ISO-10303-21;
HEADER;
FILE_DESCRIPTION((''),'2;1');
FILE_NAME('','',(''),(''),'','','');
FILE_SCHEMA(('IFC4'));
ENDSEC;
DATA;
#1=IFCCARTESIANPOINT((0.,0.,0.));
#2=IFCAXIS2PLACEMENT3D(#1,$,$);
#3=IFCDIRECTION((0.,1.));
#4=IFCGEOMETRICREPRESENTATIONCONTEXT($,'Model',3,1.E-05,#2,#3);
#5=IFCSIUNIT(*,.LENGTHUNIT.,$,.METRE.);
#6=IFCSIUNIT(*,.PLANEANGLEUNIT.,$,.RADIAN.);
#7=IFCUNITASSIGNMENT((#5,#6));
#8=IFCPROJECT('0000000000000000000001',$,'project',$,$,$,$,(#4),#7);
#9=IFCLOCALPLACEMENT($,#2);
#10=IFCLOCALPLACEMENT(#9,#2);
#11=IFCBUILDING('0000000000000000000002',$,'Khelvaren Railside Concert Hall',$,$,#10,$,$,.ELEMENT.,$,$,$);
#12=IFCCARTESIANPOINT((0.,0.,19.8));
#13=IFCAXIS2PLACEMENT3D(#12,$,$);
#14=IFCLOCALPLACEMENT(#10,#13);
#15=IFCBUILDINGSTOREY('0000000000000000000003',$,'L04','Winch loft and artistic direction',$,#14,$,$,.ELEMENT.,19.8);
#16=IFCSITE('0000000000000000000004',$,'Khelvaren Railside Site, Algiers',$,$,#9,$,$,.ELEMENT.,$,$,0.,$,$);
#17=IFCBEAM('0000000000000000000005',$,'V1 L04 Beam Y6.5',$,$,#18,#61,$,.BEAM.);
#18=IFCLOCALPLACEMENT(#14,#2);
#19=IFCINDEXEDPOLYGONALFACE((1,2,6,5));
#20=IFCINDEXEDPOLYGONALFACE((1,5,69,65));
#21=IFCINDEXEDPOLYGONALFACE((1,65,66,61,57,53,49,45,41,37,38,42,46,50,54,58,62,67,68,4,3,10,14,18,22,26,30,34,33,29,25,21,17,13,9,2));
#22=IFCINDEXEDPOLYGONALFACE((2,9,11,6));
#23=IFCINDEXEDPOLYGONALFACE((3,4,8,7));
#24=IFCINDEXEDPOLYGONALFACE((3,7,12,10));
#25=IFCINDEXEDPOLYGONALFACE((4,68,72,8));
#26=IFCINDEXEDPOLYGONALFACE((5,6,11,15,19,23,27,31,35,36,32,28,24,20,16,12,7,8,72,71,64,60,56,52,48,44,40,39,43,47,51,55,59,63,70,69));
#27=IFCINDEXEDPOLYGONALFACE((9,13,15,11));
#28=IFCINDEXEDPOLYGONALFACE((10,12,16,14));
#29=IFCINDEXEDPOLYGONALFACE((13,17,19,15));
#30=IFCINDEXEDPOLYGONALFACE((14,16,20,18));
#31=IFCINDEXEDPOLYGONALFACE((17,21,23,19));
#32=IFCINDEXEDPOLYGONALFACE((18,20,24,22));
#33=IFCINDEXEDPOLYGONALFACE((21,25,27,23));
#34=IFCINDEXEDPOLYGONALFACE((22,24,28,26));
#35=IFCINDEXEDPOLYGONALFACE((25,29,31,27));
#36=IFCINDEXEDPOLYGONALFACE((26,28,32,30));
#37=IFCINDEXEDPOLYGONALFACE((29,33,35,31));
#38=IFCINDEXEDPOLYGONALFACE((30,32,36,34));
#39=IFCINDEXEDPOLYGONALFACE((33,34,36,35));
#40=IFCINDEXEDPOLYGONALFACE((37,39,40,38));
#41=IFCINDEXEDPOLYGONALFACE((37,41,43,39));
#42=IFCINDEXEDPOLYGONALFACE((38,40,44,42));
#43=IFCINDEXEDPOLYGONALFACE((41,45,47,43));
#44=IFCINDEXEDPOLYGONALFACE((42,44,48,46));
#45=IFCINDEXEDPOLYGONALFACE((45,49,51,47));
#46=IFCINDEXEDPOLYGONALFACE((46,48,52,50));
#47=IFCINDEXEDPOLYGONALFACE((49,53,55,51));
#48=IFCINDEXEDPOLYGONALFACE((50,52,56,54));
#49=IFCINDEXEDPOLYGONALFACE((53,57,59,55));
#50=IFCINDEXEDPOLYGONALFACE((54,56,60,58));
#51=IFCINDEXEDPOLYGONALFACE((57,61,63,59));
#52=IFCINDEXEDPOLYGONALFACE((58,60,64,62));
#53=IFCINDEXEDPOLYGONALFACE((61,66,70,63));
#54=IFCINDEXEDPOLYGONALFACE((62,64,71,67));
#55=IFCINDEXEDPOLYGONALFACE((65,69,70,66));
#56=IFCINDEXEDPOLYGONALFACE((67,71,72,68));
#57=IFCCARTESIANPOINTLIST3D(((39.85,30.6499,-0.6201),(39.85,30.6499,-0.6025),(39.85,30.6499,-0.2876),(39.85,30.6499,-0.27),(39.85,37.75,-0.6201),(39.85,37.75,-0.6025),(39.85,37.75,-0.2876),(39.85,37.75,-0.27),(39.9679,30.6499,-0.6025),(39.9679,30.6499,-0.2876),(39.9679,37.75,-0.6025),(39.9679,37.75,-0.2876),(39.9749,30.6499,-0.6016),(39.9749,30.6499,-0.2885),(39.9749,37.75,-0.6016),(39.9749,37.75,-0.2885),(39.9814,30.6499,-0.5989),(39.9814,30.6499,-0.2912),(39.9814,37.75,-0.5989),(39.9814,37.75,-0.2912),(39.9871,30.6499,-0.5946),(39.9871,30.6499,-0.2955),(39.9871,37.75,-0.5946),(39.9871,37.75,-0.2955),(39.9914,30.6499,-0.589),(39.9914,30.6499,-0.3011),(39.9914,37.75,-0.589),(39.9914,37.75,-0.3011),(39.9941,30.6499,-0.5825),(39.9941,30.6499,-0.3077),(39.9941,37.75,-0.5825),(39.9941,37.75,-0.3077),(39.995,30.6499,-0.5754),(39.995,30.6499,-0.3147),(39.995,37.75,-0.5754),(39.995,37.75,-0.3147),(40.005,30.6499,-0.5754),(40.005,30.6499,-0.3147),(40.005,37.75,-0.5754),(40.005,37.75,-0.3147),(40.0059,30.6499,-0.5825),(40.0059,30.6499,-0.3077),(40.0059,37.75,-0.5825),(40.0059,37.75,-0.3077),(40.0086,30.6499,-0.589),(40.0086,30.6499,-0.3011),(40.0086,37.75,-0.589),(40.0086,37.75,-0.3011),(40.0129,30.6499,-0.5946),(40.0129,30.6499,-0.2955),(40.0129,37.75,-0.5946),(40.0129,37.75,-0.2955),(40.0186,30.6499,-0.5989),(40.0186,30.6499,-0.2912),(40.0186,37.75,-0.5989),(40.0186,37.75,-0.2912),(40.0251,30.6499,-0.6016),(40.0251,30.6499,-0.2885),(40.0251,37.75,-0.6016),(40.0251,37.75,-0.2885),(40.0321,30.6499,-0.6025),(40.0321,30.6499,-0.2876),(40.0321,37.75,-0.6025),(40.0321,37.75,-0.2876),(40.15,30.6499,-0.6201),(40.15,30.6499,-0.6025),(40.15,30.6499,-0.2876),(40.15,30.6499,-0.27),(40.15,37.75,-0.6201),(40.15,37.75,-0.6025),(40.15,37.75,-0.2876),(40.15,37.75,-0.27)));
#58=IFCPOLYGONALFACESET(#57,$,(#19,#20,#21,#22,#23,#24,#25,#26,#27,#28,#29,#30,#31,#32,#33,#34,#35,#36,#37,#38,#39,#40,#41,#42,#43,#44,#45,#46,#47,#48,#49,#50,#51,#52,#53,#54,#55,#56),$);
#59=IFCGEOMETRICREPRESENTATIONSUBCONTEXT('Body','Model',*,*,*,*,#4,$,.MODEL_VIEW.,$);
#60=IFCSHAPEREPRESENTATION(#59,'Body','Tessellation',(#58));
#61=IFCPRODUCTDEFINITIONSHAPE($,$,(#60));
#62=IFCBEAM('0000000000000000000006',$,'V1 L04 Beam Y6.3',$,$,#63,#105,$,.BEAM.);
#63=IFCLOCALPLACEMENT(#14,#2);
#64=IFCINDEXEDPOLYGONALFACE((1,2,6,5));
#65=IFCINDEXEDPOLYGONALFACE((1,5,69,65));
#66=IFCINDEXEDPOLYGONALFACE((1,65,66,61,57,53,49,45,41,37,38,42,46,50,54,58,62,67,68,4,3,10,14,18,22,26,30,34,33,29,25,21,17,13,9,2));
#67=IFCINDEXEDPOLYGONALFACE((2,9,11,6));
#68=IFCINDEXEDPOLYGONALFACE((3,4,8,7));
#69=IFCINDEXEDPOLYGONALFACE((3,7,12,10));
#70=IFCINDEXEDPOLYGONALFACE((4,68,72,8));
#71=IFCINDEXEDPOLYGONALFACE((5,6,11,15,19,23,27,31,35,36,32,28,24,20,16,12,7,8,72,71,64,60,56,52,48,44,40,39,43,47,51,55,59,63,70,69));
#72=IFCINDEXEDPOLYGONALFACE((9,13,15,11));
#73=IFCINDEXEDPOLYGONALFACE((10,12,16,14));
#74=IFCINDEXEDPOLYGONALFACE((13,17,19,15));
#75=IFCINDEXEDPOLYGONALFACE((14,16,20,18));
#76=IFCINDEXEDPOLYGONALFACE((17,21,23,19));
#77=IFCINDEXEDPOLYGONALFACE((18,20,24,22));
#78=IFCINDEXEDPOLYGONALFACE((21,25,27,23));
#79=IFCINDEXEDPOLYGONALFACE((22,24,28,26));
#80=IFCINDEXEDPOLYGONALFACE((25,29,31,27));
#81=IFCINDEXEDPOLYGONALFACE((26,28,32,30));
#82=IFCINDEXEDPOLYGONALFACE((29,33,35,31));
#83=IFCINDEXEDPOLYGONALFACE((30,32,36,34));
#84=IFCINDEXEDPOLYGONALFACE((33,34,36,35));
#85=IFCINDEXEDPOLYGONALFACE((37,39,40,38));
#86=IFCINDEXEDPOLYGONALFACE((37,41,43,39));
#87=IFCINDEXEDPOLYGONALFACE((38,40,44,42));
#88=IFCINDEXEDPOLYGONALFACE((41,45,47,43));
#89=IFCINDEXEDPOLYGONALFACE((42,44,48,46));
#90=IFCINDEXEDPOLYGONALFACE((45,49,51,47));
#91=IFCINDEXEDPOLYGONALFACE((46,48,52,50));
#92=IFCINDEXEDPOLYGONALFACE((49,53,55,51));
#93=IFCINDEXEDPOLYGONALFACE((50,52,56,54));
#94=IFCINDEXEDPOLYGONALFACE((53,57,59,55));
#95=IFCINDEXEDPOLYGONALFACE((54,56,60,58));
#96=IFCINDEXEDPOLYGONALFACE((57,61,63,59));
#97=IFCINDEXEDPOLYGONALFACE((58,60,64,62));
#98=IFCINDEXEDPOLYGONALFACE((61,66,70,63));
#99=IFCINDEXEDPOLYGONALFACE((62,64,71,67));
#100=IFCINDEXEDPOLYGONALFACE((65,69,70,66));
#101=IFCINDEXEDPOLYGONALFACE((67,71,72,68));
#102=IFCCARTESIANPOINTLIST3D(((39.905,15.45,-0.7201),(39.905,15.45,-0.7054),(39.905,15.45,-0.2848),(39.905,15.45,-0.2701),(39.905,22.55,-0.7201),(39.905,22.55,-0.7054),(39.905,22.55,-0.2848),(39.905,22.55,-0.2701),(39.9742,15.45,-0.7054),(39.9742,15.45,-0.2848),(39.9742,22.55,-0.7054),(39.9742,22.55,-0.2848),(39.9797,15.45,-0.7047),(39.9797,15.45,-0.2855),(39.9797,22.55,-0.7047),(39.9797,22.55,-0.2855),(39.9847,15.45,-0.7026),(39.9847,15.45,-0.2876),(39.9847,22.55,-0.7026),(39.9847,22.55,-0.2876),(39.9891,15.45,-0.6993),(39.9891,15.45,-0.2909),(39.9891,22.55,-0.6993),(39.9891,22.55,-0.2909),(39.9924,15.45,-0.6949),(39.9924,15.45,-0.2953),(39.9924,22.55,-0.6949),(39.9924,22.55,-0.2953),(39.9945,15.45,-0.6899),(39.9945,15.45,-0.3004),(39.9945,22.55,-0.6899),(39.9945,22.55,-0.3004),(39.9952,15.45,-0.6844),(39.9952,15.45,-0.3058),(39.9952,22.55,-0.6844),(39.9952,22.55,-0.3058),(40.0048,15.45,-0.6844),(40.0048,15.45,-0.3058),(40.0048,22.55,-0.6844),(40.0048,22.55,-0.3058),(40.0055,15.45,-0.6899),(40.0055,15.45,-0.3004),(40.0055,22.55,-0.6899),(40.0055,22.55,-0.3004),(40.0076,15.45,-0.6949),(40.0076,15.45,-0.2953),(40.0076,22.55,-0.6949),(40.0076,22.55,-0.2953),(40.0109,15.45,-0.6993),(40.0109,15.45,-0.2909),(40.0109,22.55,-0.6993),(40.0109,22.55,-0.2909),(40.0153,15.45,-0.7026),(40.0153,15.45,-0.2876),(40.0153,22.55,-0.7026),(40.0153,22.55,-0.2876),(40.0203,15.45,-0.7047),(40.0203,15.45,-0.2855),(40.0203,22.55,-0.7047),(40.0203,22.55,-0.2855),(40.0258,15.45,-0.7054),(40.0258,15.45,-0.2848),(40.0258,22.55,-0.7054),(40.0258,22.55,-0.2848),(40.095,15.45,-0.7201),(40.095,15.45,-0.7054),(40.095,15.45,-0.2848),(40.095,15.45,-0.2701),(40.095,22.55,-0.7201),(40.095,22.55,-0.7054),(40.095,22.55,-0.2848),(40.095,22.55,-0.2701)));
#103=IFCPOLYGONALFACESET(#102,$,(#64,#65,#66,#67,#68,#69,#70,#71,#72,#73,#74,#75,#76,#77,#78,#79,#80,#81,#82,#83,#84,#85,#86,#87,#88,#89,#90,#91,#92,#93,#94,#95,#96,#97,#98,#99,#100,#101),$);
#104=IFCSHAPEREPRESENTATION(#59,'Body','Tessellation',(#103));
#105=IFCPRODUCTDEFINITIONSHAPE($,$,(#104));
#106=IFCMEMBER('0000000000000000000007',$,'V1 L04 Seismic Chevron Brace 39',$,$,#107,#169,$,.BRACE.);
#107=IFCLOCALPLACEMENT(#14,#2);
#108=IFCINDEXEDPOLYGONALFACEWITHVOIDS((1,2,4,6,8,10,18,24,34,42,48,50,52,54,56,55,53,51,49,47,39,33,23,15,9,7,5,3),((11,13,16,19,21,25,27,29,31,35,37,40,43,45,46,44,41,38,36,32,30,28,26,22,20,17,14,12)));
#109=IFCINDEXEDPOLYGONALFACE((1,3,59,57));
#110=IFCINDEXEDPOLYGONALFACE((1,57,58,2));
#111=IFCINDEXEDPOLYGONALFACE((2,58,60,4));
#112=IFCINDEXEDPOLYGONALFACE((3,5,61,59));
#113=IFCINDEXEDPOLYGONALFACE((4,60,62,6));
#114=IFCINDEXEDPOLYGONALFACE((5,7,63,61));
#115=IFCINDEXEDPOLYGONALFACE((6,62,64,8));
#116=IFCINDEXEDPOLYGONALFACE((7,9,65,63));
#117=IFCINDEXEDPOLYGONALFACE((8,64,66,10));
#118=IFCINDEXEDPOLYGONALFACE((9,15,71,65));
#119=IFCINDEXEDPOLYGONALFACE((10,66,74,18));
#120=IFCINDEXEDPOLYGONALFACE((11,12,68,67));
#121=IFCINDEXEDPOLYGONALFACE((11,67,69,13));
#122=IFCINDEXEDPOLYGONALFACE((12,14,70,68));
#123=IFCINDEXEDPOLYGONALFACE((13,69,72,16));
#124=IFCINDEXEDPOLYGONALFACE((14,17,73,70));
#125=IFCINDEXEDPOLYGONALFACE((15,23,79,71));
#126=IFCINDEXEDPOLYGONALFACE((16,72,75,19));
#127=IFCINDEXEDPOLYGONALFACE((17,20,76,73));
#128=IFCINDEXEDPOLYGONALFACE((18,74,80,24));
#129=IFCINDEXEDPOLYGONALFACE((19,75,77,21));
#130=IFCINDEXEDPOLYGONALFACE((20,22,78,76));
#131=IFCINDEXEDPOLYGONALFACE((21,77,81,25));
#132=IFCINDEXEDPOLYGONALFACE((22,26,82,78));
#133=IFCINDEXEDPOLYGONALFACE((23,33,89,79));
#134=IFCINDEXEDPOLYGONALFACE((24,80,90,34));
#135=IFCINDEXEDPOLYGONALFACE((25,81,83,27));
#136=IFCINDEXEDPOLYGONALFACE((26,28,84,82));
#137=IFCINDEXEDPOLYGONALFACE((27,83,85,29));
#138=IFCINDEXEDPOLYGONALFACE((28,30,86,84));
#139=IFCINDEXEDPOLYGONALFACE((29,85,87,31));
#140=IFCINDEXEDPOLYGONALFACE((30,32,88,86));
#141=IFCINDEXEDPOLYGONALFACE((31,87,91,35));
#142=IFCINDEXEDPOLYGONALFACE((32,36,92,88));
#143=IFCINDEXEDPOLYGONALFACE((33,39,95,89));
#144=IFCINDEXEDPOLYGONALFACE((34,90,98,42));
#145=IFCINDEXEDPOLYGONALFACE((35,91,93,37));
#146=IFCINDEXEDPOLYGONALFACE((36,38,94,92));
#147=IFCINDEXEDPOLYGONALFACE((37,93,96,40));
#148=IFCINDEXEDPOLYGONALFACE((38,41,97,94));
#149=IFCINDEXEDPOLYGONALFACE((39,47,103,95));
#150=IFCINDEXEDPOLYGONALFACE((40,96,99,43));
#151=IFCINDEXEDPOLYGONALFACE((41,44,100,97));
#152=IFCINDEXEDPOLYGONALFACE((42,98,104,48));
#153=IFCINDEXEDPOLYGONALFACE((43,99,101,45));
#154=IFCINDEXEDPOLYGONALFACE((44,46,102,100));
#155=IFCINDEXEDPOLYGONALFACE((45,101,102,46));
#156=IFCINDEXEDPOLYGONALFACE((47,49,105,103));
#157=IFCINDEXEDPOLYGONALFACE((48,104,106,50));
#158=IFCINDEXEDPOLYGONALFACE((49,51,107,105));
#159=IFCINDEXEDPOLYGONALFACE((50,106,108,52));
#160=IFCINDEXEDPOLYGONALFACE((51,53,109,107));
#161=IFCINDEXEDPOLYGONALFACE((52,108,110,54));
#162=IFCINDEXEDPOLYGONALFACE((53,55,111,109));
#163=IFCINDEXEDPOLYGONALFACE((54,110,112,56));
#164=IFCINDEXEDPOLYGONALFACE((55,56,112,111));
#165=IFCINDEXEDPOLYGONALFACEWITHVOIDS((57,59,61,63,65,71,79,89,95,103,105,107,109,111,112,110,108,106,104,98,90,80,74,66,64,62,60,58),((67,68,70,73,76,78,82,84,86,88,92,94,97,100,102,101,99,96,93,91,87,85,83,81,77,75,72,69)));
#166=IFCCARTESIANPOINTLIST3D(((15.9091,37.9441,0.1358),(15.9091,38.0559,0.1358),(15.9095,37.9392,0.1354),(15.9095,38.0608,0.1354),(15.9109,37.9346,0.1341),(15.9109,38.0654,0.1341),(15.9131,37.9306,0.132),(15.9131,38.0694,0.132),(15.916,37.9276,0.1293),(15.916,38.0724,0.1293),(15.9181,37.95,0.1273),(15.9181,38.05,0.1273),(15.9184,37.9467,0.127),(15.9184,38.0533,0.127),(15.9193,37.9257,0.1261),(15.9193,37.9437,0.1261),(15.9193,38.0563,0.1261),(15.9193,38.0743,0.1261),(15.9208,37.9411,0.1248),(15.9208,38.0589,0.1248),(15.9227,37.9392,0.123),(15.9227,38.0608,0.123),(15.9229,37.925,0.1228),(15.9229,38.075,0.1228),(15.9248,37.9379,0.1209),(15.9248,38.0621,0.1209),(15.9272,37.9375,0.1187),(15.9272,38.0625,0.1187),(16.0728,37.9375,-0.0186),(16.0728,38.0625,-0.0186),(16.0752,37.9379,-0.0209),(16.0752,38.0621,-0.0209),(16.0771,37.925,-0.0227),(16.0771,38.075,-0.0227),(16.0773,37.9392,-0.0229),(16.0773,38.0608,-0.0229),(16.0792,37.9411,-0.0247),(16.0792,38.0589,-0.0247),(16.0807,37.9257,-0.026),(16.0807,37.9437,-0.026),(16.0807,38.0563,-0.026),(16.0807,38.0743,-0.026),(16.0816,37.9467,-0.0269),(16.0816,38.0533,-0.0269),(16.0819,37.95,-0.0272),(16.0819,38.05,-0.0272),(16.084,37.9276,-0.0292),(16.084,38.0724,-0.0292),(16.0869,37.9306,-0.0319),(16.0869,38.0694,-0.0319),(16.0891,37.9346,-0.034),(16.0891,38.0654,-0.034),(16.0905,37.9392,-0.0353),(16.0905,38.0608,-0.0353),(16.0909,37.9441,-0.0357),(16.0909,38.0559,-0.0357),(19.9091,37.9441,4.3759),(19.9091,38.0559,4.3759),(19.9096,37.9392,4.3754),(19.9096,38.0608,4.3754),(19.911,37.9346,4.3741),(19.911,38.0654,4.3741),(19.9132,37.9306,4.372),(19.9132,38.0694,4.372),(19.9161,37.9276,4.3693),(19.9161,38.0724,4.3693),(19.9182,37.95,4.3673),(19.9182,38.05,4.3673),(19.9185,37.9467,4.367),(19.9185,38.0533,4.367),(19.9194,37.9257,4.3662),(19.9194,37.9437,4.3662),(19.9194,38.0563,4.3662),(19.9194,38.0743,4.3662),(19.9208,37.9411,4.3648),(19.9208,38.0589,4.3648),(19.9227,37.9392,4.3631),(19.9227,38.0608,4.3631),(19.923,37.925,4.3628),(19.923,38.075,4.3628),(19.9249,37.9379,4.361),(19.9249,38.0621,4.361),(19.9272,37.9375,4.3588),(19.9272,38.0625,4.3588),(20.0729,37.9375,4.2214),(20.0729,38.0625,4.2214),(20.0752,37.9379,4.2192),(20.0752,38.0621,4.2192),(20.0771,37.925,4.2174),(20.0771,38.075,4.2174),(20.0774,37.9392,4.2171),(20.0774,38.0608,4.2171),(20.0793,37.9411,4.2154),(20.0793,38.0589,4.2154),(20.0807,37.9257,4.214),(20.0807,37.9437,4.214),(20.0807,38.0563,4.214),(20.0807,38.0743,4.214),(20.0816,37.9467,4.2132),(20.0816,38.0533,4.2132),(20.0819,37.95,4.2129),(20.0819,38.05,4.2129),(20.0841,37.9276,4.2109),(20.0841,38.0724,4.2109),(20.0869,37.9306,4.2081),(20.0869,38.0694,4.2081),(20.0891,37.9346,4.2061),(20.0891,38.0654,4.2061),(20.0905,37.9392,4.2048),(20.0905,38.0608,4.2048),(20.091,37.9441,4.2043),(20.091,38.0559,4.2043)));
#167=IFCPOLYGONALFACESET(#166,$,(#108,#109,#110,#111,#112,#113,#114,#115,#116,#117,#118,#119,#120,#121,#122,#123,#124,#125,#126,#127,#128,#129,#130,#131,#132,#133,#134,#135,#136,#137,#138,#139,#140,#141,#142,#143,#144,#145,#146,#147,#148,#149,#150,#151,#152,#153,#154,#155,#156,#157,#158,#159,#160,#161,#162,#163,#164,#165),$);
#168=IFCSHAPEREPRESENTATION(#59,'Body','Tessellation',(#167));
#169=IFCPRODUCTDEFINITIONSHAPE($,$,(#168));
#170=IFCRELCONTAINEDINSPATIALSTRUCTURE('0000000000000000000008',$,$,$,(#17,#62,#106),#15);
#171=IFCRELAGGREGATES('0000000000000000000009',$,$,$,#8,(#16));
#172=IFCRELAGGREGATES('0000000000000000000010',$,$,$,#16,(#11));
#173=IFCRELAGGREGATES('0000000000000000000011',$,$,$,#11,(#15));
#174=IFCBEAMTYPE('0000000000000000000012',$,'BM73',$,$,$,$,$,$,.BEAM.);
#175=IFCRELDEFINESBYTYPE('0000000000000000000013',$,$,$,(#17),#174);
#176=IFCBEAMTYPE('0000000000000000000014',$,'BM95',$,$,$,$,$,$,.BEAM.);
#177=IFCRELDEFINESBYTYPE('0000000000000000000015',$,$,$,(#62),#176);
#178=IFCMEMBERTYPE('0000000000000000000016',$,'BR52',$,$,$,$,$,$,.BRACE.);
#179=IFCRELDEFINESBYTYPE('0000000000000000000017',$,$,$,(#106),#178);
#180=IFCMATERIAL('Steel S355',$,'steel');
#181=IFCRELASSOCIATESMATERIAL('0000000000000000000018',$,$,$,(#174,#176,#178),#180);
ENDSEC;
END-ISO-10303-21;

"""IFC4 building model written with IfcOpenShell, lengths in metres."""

from ifc_helpers import new_model, si_unit, direction, frame, origin, origin_2d, place, context, subcontext, project, spatial, hollow_rectangle, i_section, extrude, material, material_profile, profile_set, type_object, element, save


model = new_model("IFC4")

# Units and contexts
model_context = context("Model", 3, precision=1e-05, world=origin(), true_north=direction((0.0, 1.0)))
body_context = subcontext(model_context, "Body", "Model", "MODEL_VIEW")
ifc_project = project(units=[si_unit("LENGTHUNIT", "METRE"), si_unit("PLANEANGLEUNIT", "RADIAN")], contexts=[model_context])

# Site, building, storey
site_placement = place(None, origin())
site = spatial("IfcSite", under=ifc_project, at=site_placement, Name="Khelvaren Railside Site, Algiers", CompositionType="ELEMENT", RefElevation=0.0)
building_placement = place(site_placement, origin())
building = spatial("IfcBuilding", under=site, at=building_placement, Name="Khelvaren Railside Concert Hall", CompositionType="ELEMENT")
storey_placement = place(building_placement, frame((0.0, 0.0, 19.8)))
storey = spatial("IfcBuildingStorey", under=building, at=storey_placement, Name="L04", Description="Winch loft and artistic direction", CompositionType="ELEMENT", Elevation=19.8)

# Shared definitions
ifc_material_1 = material(Name="Steel S355", Category="steel")

# Beams
ifc_material_profile_1 = material_profile(ifc_material_1, i_section(OverallWidth=0.3, OverallDepth=0.3501, WebThickness=0.01, FlangeThickness=0.0176, FilletRadius=0.0271, at=origin_2d()), Name="HEA 360")
ifc_profile_set_1 = profile_set([ifc_material_profile_1], Name="Steel S355")
beam_type_1 = type_object("IfcBeamType", Name="BM73", PredefinedType="BEAM", material=ifc_profile_set_1)
beam_1_placement = place(storey_placement, frame((40.0, 30.6499, -0.4451), z_axis=(0.0, 1.0, 0.0), x_axis=(-1.0, 0.0, 0.0)))
element("IfcBeam", 1, at=beam_1_placement, inside=storey, type_object=beam_type_1, Name="V1 L04 Beam Y6.5", PredefinedType="BEAM", context=body_context, shape_type="SweptSolid", body=[
    extrude(i_section(OverallWidth=0.3, OverallDepth=0.3501, WebThickness=0.01, FlangeThickness=0.0176, FilletRadius=0.0271, at=origin_2d()), origin(), (0.0, 0.0, 1.0), 7.1001),
])
ifc_material_profile_2 = material_profile(ifc_material_1, i_section(OverallWidth=0.1899, OverallDepth=0.45, WebThickness=0.0095, FlangeThickness=0.0146, FilletRadius=0.021, at=origin_2d()), Name="IPE 450")
ifc_profile_set_2 = profile_set([ifc_material_profile_2], Name="Steel S355")
beam_type_2 = type_object("IfcBeamType", Name="BM95", PredefinedType="BEAM", material=ifc_profile_set_2)
beam_2_placement = place(storey_placement, frame((40.0, 15.45, -0.4951), z_axis=(0.0, 1.0, 0.0), x_axis=(-1.0, 0.0, 0.0)))
element("IfcBeam", 2, at=beam_2_placement, inside=storey, type_object=beam_type_2, Name="V1 L04 Beam Y6.3", PredefinedType="BEAM", context=body_context, shape_type="SweptSolid", body=[
    extrude(i_section(OverallWidth=0.1899, OverallDepth=0.45, WebThickness=0.0095, FlangeThickness=0.0146, FilletRadius=0.021, at=origin_2d()), origin(), (0.0, 0.0, 1.0), 7.1001),
])

# Member
ifc_material_profile_3 = material_profile(ifc_material_1, hollow_rectangle(XDim=0.1499, YDim=0.25, WallThickness=0.0125, InnerFilletRadius=0.0125, OuterFilletRadius=0.019, at=origin_2d()), Name="RHS 250x150x12.5")
ifc_profile_set_3 = profile_set([ifc_material_profile_3], Name="Steel S355")
member_type_1 = type_object("IfcMemberType", Name="BR52", PredefinedType="BRACE", material=ifc_profile_set_3)
for number, where, z_axis, x_axis, name in (
    (3, (16.0, 38.0, 0.05), (0.686221, 0.0, 0.727393), (0.0, 1.0, 0.0), "V1 L04 Seismic Chevron Brace 39"),
):
    element("IfcMember", number, at=place(storey_placement, frame(where, z_axis=z_axis, x_axis=x_axis)), inside=storey, type_object=member_type_1, Name=name, PredefinedType="BRACE", context=body_context, shape_type="SweptSolid", body=[
        extrude(hollow_rectangle(XDim=0.1499, YDim=0.25, WallThickness=0.0125, InnerFilletRadius=0.0125, OuterFilletRadius=0.019, at=origin_2d()), origin(), (0.0, 0.0, 1.0), 5.8291),
    ])

save(model, "model.ifc")
